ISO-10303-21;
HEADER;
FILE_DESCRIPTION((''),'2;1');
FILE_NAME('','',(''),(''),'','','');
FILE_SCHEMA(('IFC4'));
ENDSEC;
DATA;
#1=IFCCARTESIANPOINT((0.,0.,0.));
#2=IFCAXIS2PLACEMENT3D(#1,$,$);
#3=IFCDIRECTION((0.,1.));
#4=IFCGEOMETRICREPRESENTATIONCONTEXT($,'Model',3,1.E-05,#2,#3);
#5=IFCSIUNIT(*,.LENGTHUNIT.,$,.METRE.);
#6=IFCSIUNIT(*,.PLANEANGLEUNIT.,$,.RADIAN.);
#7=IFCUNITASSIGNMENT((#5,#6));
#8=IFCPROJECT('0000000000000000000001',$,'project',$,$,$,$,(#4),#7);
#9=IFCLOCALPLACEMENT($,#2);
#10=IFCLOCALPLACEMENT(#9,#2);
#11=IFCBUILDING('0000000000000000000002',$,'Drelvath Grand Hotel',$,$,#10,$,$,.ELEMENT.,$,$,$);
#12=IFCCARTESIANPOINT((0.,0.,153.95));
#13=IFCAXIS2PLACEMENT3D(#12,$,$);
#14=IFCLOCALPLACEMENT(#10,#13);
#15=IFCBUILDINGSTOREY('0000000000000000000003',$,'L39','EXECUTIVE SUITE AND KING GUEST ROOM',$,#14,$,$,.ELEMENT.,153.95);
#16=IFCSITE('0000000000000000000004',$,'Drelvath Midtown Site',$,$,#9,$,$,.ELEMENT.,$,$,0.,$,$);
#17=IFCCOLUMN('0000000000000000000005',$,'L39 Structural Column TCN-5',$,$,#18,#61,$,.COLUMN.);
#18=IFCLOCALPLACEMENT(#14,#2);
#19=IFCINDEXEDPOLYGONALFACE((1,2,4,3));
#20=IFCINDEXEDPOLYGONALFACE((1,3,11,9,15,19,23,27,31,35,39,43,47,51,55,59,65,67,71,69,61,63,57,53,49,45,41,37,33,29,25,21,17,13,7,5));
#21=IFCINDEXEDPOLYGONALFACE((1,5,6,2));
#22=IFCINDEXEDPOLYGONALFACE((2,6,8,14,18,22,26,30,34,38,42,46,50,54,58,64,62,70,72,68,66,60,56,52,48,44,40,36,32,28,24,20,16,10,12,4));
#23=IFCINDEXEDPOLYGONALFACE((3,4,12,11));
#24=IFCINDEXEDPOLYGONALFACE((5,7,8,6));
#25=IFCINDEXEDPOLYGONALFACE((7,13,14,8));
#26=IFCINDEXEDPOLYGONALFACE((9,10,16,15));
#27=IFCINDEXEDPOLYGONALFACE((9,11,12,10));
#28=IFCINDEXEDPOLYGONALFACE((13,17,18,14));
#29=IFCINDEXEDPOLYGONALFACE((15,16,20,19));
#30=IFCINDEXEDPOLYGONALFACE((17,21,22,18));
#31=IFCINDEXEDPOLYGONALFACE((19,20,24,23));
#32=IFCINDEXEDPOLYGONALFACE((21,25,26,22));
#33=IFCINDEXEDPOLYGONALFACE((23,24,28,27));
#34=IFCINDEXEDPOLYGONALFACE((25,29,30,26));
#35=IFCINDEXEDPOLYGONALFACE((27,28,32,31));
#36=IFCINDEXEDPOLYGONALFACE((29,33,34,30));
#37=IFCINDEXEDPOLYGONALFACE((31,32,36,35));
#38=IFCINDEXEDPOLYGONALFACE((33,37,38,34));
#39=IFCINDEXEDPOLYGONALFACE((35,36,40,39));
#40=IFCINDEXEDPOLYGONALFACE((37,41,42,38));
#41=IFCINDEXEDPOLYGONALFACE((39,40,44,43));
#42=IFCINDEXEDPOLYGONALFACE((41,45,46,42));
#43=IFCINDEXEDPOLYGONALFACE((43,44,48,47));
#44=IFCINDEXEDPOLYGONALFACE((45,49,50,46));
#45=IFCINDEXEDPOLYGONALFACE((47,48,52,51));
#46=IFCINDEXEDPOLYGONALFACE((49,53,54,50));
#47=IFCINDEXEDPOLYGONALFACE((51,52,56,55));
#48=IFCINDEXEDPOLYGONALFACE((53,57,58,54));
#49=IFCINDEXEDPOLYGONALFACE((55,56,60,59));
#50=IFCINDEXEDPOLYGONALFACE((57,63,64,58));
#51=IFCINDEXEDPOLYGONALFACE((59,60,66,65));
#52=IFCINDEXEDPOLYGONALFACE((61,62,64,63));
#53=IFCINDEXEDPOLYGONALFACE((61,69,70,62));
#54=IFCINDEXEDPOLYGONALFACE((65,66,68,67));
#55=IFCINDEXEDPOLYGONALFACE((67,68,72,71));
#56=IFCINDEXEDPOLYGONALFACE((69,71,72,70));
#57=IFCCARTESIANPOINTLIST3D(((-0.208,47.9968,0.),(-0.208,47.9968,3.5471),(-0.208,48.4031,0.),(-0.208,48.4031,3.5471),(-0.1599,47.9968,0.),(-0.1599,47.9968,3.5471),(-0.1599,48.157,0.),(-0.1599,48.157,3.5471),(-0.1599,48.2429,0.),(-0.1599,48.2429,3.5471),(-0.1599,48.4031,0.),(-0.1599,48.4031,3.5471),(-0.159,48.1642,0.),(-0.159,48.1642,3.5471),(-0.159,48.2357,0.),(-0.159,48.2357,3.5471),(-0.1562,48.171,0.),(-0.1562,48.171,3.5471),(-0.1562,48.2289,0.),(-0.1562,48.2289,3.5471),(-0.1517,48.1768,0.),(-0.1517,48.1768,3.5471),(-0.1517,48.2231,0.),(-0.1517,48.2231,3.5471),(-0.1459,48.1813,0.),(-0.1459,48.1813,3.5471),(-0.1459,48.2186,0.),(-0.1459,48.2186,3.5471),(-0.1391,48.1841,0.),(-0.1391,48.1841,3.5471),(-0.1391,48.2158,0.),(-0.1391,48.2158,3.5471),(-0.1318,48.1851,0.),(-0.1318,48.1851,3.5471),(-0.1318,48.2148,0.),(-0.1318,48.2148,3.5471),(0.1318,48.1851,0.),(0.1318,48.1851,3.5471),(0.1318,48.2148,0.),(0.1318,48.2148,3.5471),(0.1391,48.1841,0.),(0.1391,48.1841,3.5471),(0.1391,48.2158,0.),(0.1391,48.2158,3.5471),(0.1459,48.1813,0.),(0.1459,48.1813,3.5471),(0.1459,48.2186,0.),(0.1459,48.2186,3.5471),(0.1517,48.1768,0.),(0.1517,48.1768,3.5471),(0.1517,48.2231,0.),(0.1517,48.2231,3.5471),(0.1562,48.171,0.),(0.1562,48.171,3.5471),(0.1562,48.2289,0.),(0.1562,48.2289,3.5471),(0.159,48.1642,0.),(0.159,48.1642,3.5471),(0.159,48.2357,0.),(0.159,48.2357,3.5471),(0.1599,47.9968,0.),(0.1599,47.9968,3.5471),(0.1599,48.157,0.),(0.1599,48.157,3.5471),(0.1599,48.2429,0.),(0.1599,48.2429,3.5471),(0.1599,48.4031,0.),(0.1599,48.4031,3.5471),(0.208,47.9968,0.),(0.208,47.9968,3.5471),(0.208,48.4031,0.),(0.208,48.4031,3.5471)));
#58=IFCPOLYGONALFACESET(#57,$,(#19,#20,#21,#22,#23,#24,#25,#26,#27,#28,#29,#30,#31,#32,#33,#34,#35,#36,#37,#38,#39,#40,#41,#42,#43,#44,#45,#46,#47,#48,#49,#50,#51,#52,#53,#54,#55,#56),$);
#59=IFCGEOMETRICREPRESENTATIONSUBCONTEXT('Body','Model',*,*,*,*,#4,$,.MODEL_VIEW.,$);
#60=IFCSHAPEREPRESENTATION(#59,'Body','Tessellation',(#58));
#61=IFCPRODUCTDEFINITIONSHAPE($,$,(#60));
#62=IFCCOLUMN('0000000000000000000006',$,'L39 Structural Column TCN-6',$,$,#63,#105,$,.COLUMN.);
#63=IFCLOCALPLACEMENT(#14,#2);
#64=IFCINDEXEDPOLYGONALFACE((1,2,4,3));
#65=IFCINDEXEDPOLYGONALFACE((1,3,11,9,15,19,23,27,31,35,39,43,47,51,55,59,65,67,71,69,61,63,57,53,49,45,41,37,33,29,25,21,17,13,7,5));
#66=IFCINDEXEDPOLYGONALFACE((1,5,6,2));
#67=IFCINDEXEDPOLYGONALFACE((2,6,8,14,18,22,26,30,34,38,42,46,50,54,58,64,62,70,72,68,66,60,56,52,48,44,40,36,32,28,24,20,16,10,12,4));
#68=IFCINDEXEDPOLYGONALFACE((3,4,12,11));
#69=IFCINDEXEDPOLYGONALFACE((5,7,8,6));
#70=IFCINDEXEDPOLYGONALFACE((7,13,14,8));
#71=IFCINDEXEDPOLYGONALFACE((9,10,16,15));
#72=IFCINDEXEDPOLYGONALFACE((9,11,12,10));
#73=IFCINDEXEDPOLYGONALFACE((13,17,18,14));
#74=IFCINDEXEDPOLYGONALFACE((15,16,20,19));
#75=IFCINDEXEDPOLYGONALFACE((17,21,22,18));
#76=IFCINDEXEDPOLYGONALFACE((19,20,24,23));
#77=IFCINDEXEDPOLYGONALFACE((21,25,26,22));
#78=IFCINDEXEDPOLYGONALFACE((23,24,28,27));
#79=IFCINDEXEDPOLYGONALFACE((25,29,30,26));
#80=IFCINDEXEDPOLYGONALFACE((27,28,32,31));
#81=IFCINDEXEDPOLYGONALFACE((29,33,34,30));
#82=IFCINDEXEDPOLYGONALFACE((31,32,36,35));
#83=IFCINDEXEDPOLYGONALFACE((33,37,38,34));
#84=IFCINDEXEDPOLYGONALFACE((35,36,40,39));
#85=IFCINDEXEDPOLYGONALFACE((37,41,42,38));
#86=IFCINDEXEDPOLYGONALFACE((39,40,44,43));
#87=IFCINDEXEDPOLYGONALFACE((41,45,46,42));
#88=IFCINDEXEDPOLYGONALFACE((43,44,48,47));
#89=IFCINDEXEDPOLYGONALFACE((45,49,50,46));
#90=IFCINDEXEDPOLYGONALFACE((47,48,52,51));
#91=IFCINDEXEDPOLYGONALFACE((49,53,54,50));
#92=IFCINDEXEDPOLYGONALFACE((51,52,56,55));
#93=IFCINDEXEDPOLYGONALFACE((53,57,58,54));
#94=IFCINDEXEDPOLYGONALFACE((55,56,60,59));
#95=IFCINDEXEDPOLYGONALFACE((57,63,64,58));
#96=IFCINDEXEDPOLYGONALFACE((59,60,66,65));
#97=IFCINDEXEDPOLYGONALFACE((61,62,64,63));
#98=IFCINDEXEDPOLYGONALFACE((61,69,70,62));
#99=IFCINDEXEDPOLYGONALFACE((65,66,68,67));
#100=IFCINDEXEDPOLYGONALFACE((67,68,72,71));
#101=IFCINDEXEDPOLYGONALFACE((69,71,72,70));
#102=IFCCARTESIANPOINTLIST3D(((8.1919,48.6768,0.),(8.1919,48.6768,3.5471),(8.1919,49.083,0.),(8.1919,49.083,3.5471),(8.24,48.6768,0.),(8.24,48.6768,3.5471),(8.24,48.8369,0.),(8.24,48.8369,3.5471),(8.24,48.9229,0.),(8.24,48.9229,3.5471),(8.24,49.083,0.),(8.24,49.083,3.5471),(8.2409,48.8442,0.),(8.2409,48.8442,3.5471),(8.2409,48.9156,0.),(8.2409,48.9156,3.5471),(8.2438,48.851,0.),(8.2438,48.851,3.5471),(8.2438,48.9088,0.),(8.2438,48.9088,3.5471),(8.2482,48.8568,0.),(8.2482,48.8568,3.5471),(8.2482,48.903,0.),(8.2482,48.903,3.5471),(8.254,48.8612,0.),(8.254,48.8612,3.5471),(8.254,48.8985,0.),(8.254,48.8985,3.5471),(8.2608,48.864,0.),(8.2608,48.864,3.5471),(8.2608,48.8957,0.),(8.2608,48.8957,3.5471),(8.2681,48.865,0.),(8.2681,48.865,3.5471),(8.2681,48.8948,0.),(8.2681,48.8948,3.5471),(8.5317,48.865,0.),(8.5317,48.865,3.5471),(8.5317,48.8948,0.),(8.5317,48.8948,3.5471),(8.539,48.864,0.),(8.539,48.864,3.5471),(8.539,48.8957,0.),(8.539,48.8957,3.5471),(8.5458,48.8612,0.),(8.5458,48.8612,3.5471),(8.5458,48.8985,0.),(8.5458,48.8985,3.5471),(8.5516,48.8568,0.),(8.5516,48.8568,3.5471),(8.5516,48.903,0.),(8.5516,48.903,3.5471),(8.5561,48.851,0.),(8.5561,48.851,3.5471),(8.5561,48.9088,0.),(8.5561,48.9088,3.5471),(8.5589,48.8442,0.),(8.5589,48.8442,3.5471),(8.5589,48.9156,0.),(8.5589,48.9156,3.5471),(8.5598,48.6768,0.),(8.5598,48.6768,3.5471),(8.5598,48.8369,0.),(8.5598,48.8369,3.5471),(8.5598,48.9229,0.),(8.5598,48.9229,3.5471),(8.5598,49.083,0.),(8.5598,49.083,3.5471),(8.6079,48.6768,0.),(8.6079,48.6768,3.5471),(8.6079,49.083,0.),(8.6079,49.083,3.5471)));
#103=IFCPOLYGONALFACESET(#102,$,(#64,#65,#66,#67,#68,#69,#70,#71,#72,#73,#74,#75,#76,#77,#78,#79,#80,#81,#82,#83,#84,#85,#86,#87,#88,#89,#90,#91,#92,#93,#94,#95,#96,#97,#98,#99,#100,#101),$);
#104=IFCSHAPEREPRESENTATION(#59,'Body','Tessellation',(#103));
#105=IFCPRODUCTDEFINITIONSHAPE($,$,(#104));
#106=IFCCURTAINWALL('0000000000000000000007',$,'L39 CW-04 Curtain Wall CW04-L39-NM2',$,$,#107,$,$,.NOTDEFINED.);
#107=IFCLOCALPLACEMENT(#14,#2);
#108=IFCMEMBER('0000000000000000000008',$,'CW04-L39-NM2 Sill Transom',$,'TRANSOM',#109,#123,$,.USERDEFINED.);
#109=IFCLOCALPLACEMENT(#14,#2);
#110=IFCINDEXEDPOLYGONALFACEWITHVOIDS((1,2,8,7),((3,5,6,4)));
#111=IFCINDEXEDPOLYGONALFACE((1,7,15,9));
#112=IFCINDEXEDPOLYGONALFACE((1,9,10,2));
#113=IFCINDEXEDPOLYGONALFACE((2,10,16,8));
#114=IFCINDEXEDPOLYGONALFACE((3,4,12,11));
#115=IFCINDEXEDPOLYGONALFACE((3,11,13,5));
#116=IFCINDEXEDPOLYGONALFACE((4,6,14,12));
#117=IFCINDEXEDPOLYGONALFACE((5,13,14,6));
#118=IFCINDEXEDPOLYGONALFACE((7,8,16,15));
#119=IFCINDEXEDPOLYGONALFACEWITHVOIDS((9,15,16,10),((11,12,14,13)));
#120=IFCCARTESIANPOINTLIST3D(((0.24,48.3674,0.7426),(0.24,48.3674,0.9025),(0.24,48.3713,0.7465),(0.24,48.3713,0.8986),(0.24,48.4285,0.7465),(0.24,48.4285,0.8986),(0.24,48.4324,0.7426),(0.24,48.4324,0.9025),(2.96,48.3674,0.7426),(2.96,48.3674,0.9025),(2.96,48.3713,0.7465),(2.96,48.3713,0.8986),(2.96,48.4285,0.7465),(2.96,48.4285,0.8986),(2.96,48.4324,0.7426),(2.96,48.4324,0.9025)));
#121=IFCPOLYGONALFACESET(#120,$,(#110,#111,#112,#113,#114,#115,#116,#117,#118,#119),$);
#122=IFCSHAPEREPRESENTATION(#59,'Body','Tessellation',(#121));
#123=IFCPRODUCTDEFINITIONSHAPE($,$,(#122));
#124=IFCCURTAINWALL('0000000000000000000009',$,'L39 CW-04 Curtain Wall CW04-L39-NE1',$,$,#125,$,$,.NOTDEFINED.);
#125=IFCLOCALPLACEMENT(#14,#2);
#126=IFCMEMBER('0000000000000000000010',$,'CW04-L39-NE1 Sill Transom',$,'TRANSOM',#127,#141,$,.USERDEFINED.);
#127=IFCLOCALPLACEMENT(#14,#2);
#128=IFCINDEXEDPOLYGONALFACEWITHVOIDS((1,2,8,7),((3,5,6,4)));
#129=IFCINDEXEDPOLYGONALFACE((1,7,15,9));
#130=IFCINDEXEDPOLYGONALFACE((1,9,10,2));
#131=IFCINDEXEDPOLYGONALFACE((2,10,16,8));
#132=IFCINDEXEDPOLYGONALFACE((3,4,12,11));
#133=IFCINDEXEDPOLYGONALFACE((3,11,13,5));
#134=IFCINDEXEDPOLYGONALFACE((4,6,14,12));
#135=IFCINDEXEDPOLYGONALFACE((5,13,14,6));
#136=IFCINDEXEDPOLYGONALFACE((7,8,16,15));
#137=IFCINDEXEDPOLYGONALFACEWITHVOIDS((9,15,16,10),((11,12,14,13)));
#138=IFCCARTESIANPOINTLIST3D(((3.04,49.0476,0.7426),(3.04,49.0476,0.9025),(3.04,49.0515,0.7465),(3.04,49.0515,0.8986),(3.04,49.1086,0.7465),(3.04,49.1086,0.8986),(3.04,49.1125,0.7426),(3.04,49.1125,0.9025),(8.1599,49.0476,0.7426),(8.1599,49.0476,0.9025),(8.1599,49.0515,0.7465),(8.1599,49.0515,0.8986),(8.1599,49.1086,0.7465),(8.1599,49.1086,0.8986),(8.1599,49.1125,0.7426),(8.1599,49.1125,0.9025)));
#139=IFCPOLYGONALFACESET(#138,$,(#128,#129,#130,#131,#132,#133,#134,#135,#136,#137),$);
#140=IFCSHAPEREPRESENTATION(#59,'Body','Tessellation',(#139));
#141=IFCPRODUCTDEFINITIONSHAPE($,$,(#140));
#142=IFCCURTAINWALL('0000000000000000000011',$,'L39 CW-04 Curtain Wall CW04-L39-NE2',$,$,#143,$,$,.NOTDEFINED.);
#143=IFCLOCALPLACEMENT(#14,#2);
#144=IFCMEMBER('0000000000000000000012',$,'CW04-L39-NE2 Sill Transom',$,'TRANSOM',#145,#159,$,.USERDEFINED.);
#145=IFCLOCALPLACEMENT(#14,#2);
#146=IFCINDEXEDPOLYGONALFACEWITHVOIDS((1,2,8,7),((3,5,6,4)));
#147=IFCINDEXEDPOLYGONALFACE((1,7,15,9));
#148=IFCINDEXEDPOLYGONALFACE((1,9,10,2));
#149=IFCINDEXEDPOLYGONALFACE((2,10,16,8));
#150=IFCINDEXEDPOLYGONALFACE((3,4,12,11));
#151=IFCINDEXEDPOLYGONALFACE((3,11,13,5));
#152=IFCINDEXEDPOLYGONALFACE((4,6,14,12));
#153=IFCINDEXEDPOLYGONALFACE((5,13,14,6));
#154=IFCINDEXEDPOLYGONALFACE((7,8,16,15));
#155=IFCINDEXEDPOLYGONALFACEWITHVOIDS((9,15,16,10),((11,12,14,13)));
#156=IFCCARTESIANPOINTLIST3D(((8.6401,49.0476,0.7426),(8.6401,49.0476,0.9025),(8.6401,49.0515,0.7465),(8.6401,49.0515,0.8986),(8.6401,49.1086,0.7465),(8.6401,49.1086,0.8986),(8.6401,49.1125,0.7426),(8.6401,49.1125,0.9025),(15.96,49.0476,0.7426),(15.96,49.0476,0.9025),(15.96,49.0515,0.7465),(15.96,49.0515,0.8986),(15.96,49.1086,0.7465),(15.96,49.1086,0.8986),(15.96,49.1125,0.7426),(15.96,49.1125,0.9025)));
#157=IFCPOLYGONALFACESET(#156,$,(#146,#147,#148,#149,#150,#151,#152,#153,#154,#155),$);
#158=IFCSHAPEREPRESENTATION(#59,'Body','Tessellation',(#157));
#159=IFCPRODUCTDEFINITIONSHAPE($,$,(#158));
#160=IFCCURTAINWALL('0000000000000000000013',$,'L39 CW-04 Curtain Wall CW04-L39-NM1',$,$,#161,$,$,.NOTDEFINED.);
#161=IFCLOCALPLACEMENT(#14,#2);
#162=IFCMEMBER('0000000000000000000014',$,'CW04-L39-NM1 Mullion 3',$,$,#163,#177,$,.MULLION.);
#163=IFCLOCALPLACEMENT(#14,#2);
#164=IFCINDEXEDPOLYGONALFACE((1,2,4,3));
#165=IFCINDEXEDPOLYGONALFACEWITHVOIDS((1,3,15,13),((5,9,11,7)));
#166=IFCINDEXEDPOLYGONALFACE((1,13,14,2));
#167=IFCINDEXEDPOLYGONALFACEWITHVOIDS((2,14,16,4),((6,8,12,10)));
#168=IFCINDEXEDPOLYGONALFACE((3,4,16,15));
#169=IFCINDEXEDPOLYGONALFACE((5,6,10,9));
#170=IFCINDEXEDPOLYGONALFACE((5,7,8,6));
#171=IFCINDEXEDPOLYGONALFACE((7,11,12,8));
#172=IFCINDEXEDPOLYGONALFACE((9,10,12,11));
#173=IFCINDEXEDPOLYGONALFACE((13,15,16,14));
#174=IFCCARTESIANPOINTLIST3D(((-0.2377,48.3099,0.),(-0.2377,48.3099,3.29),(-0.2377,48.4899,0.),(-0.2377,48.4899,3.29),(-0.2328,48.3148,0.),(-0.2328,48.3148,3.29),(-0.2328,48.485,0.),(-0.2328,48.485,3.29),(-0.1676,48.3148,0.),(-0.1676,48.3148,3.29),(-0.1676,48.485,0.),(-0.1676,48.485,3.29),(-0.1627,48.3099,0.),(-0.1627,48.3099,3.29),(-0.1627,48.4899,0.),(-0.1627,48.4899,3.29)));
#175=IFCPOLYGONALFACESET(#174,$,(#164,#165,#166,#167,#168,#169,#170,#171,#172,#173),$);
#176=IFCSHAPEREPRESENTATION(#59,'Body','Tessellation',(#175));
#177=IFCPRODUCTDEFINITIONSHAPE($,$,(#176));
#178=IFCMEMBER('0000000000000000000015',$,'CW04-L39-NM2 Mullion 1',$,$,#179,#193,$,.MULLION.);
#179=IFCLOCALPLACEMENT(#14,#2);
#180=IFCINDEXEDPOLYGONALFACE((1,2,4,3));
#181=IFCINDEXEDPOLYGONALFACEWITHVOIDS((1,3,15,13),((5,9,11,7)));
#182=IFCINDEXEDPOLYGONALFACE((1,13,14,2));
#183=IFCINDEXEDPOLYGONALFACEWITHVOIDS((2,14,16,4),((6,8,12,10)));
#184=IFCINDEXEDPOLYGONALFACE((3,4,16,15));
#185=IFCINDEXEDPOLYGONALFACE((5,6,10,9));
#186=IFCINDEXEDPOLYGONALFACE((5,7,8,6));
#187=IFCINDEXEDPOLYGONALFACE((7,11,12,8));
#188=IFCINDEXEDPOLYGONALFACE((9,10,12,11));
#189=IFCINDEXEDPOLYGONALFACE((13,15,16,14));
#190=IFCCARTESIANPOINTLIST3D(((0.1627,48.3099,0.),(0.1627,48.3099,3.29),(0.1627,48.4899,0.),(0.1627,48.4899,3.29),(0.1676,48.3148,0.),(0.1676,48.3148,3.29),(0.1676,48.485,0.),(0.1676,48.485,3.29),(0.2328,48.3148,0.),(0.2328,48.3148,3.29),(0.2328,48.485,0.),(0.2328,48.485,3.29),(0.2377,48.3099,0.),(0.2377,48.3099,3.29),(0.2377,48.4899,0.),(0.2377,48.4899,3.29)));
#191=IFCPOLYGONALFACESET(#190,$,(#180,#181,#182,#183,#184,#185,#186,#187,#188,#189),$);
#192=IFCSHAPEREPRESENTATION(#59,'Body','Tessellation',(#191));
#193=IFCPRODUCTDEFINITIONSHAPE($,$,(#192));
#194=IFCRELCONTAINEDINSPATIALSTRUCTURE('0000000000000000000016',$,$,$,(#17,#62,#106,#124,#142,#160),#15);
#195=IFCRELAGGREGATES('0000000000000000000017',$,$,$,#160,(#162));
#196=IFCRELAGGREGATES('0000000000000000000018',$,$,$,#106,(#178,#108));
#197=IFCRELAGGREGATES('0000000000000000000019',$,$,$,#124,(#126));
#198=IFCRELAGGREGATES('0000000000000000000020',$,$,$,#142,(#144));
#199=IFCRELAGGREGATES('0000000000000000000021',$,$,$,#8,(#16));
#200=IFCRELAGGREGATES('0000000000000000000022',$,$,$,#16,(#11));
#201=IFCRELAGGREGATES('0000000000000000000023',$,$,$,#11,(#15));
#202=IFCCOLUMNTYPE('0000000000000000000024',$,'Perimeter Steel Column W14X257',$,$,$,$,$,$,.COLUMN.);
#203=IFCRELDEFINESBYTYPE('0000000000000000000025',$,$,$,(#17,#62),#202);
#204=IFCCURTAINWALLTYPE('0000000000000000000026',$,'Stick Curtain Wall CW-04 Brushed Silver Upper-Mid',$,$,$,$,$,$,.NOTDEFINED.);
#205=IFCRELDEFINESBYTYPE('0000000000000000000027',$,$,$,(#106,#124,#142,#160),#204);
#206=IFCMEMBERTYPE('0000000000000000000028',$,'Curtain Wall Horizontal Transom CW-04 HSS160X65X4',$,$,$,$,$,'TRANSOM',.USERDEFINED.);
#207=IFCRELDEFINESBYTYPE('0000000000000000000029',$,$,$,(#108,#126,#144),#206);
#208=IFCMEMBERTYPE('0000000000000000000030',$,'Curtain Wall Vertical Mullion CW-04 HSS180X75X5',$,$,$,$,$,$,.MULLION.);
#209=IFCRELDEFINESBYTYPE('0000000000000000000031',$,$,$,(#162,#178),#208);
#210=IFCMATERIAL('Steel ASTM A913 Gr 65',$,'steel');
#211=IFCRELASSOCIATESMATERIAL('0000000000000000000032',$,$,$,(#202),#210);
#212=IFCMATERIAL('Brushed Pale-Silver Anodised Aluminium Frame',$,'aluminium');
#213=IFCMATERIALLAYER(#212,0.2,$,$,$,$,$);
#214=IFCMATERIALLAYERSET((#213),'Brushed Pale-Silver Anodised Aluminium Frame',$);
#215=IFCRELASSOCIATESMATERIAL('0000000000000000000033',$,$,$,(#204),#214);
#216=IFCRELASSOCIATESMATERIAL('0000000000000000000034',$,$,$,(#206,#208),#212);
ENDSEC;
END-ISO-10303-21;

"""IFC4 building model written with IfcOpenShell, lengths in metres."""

from ifc_helpers import new_model, si_unit, direction, frame, origin, origin_2d, place, context, subcontext, project, spatial, hollow_rectangle, i_section, extrude, material, layer, layer_set, material_profile, profile_set, type_object, element, aggregate, save


model = new_model("IFC4")

# Units and contexts
model_context = context("Model", 3, precision=1e-05, world=origin(), true_north=direction((0.0, 1.0)))
body_context = subcontext(model_context, "Body", "Model", "MODEL_VIEW")
ifc_project = project(units=[si_unit("LENGTHUNIT", "METRE"), si_unit("PLANEANGLEUNIT", "RADIAN")], contexts=[model_context])

# Site, building, storey
site_placement = place(None, origin())
site = spatial("IfcSite", under=ifc_project, at=site_placement, Name="Drelvath Midtown Site", CompositionType="ELEMENT", RefElevation=0.0)
building_placement = place(site_placement, origin())
building = spatial("IfcBuilding", under=site, at=building_placement, Name="Drelvath Grand Hotel", CompositionType="ELEMENT")
storey_placement = place(building_placement, frame((0.0, 0.0, 153.95)))
storey = spatial("IfcBuildingStorey", under=building, at=storey_placement, Name="L39", Description="EXECUTIVE SUITE AND KING GUEST ROOM", CompositionType="ELEMENT", Elevation=153.95)

# Columns
ifc_material_1 = material(Name="Steel ASTM A913 Gr 65", Category="steel")
ifc_material_profile_1 = material_profile(ifc_material_1, i_section(OverallWidth=0.4062, OverallDepth=0.416, WebThickness=0.0298, FlangeThickness=0.0481, FilletRadius=0.0281, at=origin_2d()), Name="W14X257")
ifc_profile_set_1 = profile_set([ifc_material_profile_1], Name="Steel ASTM A913 Gr 65")
column_type = type_object("IfcColumnType", Name="Perimeter Steel Column W14X257", PredefinedType="COLUMN", material=ifc_profile_set_1)
for number, where, z_axis, x_axis, name in (
    (1, (0.0, 48.2, 0.0), (0.0, 0.0, 1.0), (0.0, 1.0, 0.0), "L39 Structural Column TCN-5"),
    (2, (8.3999, 48.8799, 0.0), (0.0, 0.0, 1.0), (0.0, 1.0, 0.0), "L39 Structural Column TCN-6"),
):
    element("IfcColumn", number, at=place(storey_placement, frame(where, z_axis=z_axis, x_axis=x_axis)), inside=storey, type_object=column_type, Name=name, PredefinedType="COLUMN", context=body_context, shape_type="SweptSolid", body=[
        extrude(i_section(OverallWidth=0.4062, OverallDepth=0.416, WebThickness=0.0298, FlangeThickness=0.0481, FilletRadius=0.0281, at=origin_2d()), origin(), (0.0, 0.0, 1.0), 3.5471),
    ])

# Curtain walls, members
ifc_material_2 = material(Name="Brushed Pale-Silver Anodised Aluminium Frame", Category="aluminium")
ifc_layer_1 = layer(ifc_material_2, 0.2)
ifc_layer_set_1 = layer_set([ifc_layer_1], Name="Brushed Pale-Silver Anodised Aluminium Frame")
curtain_wall_type = type_object("IfcCurtainWallType", Name="Stick Curtain Wall CW-04 Brushed Silver Upper-Mid", PredefinedType="NOTDEFINED", material=ifc_layer_set_1)
curtain_wall_1_placement = place(storey_placement, origin())
curtain_wall_1 = element("IfcCurtainWall", 3, at=curtain_wall_1_placement, inside=storey, type_object=curtain_wall_type, Name="L39 CW-04 Curtain Wall CW04-L39-NM2", PredefinedType="NOTDEFINED")
ifc_material_profile_2 = material_profile(ifc_material_2, hollow_rectangle(XDim=0.0649, YDim=0.1599, WallThickness=0.0039, at=origin_2d()), Name="HSS160X65X4")
ifc_profile_set_2 = profile_set([ifc_material_profile_2], Name="Brushed Pale-Silver Anodised Aluminium Frame")
member_type_1 = type_object("IfcMemberType", Name="Curtain Wall Horizontal Transom CW-04 HSS160X65X4", ElementType="TRANSOM", PredefinedType="USERDEFINED", material=ifc_profile_set_2)
member_1_placement = place(storey_placement, frame((0.24, 48.3999, 0.8225), z_axis=(1.0, 0.0, 0.0), x_axis=(0.0, 1.0, 0.0)))
member_1 = element("IfcMember", 4, at=member_1_placement, type_object=member_type_1, Name="CW04-L39-NM2 Sill Transom", ObjectType="TRANSOM", PredefinedType="USERDEFINED", context=body_context, shape_type="SweptSolid", body=[
    extrude(hollow_rectangle(XDim=0.0649, YDim=0.1599, WallThickness=0.0039, at=origin_2d()), origin(), (0.0, 0.0, 1.0), 2.72),
])
curtain_wall_2_placement = place(storey_placement, origin())
curtain_wall_2 = element("IfcCurtainWall", 5, at=curtain_wall_2_placement, inside=storey, type_object=curtain_wall_type, Name="L39 CW-04 Curtain Wall CW04-L39-NE1", PredefinedType="NOTDEFINED")
member_2_placement = place(storey_placement, frame((3.04, 49.0801, 0.8225), z_axis=(1.0, 0.0, 0.0), x_axis=(0.0, 1.0, 0.0)))
member_2 = element("IfcMember", 6, at=member_2_placement, type_object=member_type_1, Name="CW04-L39-NE1 Sill Transom", ObjectType="TRANSOM", PredefinedType="USERDEFINED", context=body_context, shape_type="SweptSolid", body=[
    extrude(hollow_rectangle(XDim=0.0649, YDim=0.1599, WallThickness=0.0039, at=origin_2d()), origin(), (0.0, 0.0, 1.0), 5.1199),
])
curtain_wall_3_placement = place(storey_placement, origin())
curtain_wall_3 = element("IfcCurtainWall", 7, at=curtain_wall_3_placement, inside=storey, type_object=curtain_wall_type, Name="L39 CW-04 Curtain Wall CW04-L39-NE2", PredefinedType="NOTDEFINED")
member_3_placement = place(storey_placement, frame((8.6401, 49.0801, 0.8225), z_axis=(1.0, 0.0, 0.0), x_axis=(0.0, 1.0, 0.0)))
member_3 = element("IfcMember", 8, at=member_3_placement, type_object=member_type_1, Name="CW04-L39-NE2 Sill Transom", ObjectType="TRANSOM", PredefinedType="USERDEFINED", context=body_context, shape_type="SweptSolid", body=[
    extrude(hollow_rectangle(XDim=0.0649, YDim=0.1599, WallThickness=0.0039, at=origin_2d()), origin(), (0.0, 0.0, 1.0), 7.3198),
])
curtain_wall_4_placement = place(storey_placement, origin())
curtain_wall_4 = element("IfcCurtainWall", 9, at=curtain_wall_4_placement, inside=storey, type_object=curtain_wall_type, Name="L39 CW-04 Curtain Wall CW04-L39-NM1", PredefinedType="NOTDEFINED")
ifc_material_profile_3 = material_profile(ifc_material_2, hollow_rectangle(XDim=0.075, YDim=0.1799, WallThickness=0.0049, at=origin_2d()), Name="HSS180X75X5")
ifc_profile_set_3 = profile_set([ifc_material_profile_3], Name="Brushed Pale-Silver Anodised Aluminium Frame")
member_type_2 = type_object("IfcMemberType", Name="Curtain Wall Vertical Mullion CW-04 HSS180X75X5", PredefinedType="MULLION", material=ifc_profile_set_3)
member_4_placement = place(storey_placement, frame((-0.2002, 48.3999, 0.0), z_axis=(0.0, 0.0, 1.0), x_axis=(1.0, 0.0, 0.0)))
member_4 = element("IfcMember", 10, at=member_4_placement, type_object=member_type_2, Name="CW04-L39-NM1 Mullion 3", PredefinedType="MULLION", context=body_context, shape_type="SweptSolid", body=[
    extrude(hollow_rectangle(XDim=0.075, YDim=0.1799, WallThickness=0.0049, at=origin_2d()), origin(), (0.0, 0.0, 1.0), 3.29),
])
aggregate(curtain_wall_4, [member_4])

# Member
member_5_placement = place(storey_placement, frame((0.2002, 48.3999, 0.0), z_axis=(0.0, 0.0, 1.0), x_axis=(1.0, 0.0, 0.0)))
member_5 = element("IfcMember", 11, at=member_5_placement, type_object=member_type_2, Name="CW04-L39-NM2 Mullion 1", PredefinedType="MULLION", context=body_context, shape_type="SweptSolid", body=[
    extrude(hollow_rectangle(XDim=0.075, YDim=0.1799, WallThickness=0.0049, at=origin_2d()), origin(), (0.0, 0.0, 1.0), 3.29),
])

aggregate(curtain_wall_1, [member_5, member_1])
aggregate(curtain_wall_2, [member_2])
aggregate(curtain_wall_3, [member_3])

save(model, "model.ifc")
